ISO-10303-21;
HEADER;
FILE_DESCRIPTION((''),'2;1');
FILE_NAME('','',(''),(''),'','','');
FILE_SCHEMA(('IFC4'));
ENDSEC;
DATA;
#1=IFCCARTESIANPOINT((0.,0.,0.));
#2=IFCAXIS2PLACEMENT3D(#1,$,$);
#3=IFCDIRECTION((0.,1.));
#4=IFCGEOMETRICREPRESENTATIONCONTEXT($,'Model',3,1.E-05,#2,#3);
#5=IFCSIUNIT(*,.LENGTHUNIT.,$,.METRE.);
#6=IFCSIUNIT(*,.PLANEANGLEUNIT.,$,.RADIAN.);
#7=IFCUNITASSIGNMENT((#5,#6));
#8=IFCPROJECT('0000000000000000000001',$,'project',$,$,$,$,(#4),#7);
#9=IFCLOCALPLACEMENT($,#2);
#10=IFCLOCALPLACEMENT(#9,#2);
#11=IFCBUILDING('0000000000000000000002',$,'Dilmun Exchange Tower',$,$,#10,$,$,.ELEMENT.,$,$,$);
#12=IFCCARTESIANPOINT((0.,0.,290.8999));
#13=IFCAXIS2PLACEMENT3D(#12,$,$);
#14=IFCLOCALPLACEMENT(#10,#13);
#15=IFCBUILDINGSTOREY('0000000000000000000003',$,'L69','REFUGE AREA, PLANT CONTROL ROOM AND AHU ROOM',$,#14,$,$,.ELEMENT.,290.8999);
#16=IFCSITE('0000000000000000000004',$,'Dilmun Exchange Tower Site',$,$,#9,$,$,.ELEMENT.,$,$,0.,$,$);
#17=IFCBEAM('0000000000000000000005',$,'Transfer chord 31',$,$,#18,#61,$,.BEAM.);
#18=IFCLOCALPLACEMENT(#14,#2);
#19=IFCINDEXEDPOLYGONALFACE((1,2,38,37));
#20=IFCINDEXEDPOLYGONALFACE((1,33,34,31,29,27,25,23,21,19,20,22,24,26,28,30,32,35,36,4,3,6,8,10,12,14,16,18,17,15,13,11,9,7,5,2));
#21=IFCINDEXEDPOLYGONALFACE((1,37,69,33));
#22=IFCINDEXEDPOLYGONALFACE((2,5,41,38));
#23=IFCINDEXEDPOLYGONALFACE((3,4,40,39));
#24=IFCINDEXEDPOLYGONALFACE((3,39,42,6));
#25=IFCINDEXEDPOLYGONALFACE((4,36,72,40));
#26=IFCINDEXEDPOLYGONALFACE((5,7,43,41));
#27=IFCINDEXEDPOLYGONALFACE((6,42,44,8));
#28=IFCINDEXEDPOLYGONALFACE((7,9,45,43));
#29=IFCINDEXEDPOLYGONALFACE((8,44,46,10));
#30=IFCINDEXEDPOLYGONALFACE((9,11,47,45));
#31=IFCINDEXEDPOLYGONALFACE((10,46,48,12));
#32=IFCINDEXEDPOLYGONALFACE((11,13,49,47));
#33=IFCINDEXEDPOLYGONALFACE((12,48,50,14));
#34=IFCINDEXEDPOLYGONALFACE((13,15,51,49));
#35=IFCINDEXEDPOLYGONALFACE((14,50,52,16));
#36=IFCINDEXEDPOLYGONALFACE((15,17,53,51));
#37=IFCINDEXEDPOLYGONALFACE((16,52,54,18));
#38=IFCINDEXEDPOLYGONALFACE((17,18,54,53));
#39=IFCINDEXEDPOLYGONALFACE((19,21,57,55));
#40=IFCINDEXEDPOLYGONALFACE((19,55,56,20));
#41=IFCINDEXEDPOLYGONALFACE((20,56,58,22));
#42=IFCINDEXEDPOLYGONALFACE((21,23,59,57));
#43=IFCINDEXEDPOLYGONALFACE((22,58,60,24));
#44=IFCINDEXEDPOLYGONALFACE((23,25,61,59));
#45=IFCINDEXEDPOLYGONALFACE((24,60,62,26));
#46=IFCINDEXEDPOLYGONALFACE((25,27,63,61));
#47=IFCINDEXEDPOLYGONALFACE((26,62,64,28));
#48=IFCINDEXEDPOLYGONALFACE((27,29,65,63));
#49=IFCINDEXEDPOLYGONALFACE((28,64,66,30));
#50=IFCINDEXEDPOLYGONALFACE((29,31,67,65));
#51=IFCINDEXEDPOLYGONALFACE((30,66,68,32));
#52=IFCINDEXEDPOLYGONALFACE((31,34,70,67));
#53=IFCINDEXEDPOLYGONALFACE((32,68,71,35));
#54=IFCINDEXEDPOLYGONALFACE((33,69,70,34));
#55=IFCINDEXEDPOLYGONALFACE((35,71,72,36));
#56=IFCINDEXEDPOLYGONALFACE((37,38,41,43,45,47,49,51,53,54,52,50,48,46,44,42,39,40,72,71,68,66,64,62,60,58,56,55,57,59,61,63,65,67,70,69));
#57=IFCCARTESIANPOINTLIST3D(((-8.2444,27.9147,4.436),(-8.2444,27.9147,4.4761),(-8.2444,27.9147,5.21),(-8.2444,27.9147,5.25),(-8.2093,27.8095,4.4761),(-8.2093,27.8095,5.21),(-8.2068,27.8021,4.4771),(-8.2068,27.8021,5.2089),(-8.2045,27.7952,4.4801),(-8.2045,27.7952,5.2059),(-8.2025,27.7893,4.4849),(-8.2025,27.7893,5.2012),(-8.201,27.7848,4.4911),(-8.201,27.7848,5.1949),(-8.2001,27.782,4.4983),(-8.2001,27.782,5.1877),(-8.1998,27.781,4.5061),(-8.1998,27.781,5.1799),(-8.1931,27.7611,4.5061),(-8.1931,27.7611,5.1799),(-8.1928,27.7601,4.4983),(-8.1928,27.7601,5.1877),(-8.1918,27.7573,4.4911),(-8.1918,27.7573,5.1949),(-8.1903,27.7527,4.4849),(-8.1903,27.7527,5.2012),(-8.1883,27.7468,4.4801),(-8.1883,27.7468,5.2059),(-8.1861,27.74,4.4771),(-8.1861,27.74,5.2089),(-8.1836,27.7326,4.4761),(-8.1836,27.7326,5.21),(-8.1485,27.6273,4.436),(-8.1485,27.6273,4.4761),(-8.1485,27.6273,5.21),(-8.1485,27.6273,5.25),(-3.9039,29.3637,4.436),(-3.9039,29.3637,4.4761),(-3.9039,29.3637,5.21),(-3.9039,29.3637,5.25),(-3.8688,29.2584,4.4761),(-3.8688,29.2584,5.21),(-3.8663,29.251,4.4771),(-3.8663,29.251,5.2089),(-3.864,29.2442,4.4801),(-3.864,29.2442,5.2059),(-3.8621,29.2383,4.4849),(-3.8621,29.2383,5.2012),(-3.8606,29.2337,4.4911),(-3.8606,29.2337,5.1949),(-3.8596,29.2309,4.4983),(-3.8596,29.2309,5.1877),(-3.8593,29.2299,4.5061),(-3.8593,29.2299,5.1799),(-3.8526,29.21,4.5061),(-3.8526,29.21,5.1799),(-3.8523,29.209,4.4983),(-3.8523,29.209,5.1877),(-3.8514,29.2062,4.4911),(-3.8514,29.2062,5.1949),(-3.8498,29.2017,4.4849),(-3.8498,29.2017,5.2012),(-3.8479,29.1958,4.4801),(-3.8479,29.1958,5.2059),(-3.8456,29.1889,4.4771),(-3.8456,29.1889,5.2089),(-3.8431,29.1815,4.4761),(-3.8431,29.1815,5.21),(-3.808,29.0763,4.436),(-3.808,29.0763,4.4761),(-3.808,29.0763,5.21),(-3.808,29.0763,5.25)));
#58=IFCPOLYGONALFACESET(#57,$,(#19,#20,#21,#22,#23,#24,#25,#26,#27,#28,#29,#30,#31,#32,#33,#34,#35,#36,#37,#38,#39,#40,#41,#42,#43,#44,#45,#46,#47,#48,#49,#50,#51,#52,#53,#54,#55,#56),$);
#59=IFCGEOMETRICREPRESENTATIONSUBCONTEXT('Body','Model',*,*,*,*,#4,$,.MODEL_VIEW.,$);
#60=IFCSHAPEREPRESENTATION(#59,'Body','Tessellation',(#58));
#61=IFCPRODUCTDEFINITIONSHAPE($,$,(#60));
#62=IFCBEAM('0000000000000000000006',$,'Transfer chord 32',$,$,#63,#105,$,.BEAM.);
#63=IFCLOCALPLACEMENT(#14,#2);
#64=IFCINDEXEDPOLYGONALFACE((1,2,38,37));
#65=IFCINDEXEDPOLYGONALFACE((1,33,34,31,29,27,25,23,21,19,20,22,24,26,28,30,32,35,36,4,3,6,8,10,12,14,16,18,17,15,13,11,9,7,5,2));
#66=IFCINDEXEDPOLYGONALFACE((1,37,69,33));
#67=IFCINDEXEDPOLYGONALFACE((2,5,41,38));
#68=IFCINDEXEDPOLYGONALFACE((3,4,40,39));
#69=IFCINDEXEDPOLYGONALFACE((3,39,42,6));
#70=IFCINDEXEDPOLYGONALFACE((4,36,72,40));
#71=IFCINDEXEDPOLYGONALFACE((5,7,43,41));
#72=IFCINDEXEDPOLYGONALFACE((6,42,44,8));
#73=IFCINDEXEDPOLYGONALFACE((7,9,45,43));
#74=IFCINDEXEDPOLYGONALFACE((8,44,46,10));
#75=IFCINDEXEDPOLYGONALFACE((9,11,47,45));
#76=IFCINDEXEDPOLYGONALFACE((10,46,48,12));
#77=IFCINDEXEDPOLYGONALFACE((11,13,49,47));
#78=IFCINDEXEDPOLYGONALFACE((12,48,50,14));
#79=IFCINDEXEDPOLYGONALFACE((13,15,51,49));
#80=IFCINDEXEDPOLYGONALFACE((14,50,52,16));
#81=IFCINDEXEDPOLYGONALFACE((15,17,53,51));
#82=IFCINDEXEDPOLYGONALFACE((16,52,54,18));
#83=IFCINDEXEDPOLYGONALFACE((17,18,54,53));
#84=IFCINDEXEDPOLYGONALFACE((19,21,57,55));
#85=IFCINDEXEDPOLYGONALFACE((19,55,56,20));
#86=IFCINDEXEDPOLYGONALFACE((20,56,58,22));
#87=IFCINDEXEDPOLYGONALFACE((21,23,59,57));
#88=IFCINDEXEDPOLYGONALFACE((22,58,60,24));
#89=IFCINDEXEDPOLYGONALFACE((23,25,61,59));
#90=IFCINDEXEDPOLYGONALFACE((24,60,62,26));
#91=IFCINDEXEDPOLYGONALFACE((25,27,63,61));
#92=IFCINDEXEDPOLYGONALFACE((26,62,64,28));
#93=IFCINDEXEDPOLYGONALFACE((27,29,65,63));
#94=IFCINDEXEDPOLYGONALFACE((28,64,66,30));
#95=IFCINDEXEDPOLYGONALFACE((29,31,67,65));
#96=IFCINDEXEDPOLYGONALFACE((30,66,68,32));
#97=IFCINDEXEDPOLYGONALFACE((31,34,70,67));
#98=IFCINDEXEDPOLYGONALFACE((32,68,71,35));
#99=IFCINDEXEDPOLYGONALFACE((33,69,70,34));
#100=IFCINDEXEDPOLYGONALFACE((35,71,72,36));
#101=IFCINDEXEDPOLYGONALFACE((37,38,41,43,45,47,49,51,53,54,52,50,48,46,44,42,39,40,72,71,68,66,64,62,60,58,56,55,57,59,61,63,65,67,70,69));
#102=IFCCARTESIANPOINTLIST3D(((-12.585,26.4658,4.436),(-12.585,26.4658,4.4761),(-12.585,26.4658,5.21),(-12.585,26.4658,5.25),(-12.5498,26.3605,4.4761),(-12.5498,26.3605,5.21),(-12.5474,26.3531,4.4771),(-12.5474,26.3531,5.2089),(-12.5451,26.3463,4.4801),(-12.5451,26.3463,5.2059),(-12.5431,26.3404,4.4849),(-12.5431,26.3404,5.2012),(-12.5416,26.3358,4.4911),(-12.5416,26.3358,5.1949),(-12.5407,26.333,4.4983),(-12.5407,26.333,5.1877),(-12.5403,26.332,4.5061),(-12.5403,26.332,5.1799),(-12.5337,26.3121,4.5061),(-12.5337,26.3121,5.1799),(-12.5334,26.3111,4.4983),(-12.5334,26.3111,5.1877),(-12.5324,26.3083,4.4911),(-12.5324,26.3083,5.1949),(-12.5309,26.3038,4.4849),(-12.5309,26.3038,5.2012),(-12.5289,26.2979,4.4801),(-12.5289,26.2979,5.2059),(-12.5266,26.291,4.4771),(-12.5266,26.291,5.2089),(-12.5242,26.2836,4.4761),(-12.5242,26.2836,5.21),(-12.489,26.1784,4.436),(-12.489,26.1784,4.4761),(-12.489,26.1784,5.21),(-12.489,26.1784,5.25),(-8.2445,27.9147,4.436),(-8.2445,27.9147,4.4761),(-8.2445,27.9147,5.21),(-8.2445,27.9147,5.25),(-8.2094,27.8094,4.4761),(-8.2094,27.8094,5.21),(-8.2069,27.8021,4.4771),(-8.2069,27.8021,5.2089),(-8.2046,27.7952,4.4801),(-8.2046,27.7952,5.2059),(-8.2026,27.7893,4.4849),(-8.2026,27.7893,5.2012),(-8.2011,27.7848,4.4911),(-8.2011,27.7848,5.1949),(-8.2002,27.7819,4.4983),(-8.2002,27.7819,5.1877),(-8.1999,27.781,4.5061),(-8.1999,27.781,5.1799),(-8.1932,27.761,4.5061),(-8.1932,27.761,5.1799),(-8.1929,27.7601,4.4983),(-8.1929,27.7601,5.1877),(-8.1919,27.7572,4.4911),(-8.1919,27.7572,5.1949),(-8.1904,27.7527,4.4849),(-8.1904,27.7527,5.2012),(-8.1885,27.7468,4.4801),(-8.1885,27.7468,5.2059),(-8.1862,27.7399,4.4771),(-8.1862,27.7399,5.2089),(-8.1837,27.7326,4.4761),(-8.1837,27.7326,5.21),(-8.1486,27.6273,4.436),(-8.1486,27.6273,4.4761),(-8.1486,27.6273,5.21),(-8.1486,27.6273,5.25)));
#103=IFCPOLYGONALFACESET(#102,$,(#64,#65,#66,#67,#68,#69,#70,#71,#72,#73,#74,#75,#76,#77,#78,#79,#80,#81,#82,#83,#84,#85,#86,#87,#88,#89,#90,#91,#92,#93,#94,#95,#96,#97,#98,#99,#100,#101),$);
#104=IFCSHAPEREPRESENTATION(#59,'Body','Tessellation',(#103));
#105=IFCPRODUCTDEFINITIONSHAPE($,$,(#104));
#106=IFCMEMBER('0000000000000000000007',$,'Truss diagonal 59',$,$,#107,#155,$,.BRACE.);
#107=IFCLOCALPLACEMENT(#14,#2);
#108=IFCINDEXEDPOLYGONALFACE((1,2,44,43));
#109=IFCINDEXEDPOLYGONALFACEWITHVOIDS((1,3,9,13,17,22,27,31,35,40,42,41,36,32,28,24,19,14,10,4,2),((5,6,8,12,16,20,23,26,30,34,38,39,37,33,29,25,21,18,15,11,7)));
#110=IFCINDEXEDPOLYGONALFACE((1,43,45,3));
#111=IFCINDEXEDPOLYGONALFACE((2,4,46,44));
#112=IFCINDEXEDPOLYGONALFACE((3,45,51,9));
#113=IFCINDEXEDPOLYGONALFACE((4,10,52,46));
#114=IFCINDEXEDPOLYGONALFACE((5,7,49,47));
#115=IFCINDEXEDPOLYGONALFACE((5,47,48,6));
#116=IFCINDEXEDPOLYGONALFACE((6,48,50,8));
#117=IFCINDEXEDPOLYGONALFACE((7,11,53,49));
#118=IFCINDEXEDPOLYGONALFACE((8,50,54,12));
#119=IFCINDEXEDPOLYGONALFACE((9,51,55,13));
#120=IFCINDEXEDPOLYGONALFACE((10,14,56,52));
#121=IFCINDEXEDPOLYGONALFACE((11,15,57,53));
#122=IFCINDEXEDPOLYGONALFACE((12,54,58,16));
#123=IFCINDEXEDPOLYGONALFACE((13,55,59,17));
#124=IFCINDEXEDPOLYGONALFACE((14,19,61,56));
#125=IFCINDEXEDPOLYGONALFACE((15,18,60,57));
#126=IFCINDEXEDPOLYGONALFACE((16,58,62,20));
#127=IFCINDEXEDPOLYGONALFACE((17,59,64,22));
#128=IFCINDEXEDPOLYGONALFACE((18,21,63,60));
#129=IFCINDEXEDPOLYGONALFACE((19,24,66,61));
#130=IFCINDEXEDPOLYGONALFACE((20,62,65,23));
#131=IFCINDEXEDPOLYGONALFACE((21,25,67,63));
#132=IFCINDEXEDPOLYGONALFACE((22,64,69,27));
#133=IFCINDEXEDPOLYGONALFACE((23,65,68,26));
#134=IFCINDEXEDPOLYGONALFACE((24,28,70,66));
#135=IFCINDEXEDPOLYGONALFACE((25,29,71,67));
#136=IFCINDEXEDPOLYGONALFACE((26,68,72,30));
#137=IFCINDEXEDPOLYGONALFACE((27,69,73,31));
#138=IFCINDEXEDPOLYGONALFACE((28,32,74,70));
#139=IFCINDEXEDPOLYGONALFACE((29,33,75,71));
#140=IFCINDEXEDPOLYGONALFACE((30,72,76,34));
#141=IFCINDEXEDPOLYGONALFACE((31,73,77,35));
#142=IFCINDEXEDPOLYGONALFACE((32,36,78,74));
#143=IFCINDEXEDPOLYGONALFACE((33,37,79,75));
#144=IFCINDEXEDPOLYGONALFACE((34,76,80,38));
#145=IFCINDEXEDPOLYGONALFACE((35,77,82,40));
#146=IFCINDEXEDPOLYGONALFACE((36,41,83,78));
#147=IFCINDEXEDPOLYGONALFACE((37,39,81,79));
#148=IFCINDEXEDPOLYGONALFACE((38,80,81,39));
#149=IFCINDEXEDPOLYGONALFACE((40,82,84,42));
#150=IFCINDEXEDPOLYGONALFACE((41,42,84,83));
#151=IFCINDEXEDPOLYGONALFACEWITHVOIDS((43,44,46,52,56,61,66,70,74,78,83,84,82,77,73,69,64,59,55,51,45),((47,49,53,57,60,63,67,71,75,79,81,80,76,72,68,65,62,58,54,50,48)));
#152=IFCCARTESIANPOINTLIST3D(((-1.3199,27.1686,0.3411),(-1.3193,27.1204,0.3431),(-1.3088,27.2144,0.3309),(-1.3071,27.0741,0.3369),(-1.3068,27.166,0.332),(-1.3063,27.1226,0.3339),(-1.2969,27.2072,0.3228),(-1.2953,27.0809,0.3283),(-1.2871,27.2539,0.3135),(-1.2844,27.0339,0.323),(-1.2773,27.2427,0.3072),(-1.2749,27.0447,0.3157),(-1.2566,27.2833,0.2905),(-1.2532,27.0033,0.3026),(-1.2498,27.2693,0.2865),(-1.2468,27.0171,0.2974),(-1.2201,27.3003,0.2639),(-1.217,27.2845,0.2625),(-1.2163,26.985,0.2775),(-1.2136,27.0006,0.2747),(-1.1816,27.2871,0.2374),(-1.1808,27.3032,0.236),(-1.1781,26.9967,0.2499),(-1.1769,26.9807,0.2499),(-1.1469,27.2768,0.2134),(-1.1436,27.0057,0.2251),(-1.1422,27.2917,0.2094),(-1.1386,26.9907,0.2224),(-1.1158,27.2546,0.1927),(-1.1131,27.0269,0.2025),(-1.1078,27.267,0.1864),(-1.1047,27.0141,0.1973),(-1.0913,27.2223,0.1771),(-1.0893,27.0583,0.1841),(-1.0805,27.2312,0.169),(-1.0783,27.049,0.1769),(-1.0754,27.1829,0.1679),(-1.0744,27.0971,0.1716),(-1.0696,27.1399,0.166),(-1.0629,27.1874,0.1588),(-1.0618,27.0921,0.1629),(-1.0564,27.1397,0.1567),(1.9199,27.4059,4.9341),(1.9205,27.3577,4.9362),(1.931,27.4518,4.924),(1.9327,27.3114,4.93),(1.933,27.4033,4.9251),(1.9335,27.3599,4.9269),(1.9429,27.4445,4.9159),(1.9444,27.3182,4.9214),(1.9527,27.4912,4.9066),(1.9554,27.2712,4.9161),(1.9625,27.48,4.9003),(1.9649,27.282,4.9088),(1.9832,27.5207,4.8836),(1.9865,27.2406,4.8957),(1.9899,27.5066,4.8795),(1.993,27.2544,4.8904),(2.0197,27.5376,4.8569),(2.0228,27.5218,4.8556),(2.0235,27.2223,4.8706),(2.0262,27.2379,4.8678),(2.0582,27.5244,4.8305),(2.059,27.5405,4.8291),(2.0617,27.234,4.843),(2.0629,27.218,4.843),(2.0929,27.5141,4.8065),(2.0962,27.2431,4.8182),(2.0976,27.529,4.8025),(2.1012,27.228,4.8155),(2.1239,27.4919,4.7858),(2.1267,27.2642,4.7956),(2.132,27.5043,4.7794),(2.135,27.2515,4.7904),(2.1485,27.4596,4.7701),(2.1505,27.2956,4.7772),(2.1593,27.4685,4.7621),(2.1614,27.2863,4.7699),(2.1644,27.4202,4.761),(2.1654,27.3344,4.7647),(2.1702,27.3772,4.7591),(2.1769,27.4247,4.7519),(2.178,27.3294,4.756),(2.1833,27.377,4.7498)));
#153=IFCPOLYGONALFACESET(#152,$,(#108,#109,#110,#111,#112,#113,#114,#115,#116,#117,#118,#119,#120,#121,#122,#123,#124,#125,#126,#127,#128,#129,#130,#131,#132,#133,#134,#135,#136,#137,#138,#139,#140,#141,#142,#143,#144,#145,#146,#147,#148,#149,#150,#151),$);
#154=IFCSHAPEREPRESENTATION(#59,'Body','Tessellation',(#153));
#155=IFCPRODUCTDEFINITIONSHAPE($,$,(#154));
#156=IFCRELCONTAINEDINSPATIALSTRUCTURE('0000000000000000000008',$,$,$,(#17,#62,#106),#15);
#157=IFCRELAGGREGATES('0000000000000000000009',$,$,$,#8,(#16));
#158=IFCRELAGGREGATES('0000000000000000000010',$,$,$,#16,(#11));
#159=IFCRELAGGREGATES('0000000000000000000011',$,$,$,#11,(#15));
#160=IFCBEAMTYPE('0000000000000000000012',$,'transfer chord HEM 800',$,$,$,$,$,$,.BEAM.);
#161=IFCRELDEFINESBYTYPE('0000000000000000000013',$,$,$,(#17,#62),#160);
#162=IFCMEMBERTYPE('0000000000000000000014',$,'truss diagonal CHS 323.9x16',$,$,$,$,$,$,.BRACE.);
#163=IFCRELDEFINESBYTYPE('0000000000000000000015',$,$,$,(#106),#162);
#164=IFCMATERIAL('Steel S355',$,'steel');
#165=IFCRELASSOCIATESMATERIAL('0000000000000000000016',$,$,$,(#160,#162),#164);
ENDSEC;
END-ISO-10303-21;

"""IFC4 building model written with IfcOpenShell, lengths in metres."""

from ifc_helpers import new_model, si_unit, direction, frame, origin, origin_2d, place, context, subcontext, project, spatial, hollow_circle, i_section, extrude, material, material_profile, profile_set, type_object, element, save


model = new_model("IFC4")

# Units and contexts
model_context = context("Model", 3, precision=1e-05, world=origin(), true_north=direction((0.0, 1.0)))
body_context = subcontext(model_context, "Body", "Model", "MODEL_VIEW")
ifc_project = project(units=[si_unit("LENGTHUNIT", "METRE"), si_unit("PLANEANGLEUNIT", "RADIAN")], contexts=[model_context])

# Site, building, storey
site_placement = place(None, origin())
site = spatial("IfcSite", under=ifc_project, at=site_placement, Name="Dilmun Exchange Tower Site", CompositionType="ELEMENT", RefElevation=0.0)
building_placement = place(site_placement, origin())
building = spatial("IfcBuilding", under=site, at=building_placement, Name="Dilmun Exchange Tower", CompositionType="ELEMENT")
storey_placement = place(building_placement, frame((0.0, 0.0, 290.8999)))
storey = spatial("IfcBuildingStorey", under=building, at=storey_placement, Name="L69", Description="REFUGE AREA, PLANT CONTROL ROOM AND AHU ROOM", CompositionType="ELEMENT", Elevation=290.8999)

# Beams
ifc_material_1 = material(Name="Steel S355", Category="steel")
ifc_material_profile_1 = material_profile(ifc_material_1, i_section(OverallWidth=0.303, OverallDepth=0.814, WebThickness=0.021, FlangeThickness=0.04, FilletRadius=0.03, at=origin_2d()), Name="HEM 800")
ifc_profile_set_1 = profile_set([ifc_material_profile_1], Name="Steel S355")
beam_type_1 = type_object("IfcBeamType", Name="transfer chord HEM 800", PredefinedType="BEAM", material=ifc_profile_set_1)
for number, where, z_axis, x_axis, name in (
    (1, (-3.856, 29.22, 4.843), (-0.948544, -0.316644, 0.0), (0.316644, -0.948544, 0.0), "Transfer chord 31"),
    (2, (-8.1965, 27.771, 4.843), (-0.948544, -0.316644, 0.0), (0.316644, -0.948544, 0.0), "Transfer chord 32"),
):
    element("IfcBeam", number, at=place(storey_placement, frame(where, z_axis=z_axis, x_axis=x_axis)), inside=storey, type_object=beam_type_1, Name=name, PredefinedType="BEAM", context=body_context, shape_type="SweptSolid", body=[
        extrude(i_section(OverallWidth=0.303, OverallDepth=0.814, WebThickness=0.021, FlangeThickness=0.04, FilletRadius=0.03, at=origin_2d()), origin(), (0.0, 0.0, 1.0), 4.5759),
    ])

# Member
ifc_material_profile_2 = material_profile(ifc_material_1, hollow_circle(Radius=0.1619, WallThickness=0.0161, at=origin_2d()), Name="CHS 323.9x16")
ifc_profile_set_2 = profile_set([ifc_material_profile_2], Name="Steel S355")
member_type = type_object("IfcMemberType", Name="truss diagonal CHS 323.9x16", PredefinedType="BRACE", material=ifc_profile_set_2)
member_1_placement = place(storey_placement, frame((2.051, 27.3794, 4.843), z_axis=(-0.575887, -0.042183, -0.81644), x_axis=(0.073052, -0.997328, 0.0)))
element("IfcMember", 3, at=member_1_placement, inside=storey, type_object=member_type, Name="Truss diagonal 59", PredefinedType="BRACE", context=body_context, shape_type="SweptSolid", body=[
    extrude(hollow_circle(Radius=0.1619, WallThickness=0.0161, at=origin_2d()), origin(), (0.0, 0.0, 1.0), 5.6257),
])

save(model, "model.ifc")
